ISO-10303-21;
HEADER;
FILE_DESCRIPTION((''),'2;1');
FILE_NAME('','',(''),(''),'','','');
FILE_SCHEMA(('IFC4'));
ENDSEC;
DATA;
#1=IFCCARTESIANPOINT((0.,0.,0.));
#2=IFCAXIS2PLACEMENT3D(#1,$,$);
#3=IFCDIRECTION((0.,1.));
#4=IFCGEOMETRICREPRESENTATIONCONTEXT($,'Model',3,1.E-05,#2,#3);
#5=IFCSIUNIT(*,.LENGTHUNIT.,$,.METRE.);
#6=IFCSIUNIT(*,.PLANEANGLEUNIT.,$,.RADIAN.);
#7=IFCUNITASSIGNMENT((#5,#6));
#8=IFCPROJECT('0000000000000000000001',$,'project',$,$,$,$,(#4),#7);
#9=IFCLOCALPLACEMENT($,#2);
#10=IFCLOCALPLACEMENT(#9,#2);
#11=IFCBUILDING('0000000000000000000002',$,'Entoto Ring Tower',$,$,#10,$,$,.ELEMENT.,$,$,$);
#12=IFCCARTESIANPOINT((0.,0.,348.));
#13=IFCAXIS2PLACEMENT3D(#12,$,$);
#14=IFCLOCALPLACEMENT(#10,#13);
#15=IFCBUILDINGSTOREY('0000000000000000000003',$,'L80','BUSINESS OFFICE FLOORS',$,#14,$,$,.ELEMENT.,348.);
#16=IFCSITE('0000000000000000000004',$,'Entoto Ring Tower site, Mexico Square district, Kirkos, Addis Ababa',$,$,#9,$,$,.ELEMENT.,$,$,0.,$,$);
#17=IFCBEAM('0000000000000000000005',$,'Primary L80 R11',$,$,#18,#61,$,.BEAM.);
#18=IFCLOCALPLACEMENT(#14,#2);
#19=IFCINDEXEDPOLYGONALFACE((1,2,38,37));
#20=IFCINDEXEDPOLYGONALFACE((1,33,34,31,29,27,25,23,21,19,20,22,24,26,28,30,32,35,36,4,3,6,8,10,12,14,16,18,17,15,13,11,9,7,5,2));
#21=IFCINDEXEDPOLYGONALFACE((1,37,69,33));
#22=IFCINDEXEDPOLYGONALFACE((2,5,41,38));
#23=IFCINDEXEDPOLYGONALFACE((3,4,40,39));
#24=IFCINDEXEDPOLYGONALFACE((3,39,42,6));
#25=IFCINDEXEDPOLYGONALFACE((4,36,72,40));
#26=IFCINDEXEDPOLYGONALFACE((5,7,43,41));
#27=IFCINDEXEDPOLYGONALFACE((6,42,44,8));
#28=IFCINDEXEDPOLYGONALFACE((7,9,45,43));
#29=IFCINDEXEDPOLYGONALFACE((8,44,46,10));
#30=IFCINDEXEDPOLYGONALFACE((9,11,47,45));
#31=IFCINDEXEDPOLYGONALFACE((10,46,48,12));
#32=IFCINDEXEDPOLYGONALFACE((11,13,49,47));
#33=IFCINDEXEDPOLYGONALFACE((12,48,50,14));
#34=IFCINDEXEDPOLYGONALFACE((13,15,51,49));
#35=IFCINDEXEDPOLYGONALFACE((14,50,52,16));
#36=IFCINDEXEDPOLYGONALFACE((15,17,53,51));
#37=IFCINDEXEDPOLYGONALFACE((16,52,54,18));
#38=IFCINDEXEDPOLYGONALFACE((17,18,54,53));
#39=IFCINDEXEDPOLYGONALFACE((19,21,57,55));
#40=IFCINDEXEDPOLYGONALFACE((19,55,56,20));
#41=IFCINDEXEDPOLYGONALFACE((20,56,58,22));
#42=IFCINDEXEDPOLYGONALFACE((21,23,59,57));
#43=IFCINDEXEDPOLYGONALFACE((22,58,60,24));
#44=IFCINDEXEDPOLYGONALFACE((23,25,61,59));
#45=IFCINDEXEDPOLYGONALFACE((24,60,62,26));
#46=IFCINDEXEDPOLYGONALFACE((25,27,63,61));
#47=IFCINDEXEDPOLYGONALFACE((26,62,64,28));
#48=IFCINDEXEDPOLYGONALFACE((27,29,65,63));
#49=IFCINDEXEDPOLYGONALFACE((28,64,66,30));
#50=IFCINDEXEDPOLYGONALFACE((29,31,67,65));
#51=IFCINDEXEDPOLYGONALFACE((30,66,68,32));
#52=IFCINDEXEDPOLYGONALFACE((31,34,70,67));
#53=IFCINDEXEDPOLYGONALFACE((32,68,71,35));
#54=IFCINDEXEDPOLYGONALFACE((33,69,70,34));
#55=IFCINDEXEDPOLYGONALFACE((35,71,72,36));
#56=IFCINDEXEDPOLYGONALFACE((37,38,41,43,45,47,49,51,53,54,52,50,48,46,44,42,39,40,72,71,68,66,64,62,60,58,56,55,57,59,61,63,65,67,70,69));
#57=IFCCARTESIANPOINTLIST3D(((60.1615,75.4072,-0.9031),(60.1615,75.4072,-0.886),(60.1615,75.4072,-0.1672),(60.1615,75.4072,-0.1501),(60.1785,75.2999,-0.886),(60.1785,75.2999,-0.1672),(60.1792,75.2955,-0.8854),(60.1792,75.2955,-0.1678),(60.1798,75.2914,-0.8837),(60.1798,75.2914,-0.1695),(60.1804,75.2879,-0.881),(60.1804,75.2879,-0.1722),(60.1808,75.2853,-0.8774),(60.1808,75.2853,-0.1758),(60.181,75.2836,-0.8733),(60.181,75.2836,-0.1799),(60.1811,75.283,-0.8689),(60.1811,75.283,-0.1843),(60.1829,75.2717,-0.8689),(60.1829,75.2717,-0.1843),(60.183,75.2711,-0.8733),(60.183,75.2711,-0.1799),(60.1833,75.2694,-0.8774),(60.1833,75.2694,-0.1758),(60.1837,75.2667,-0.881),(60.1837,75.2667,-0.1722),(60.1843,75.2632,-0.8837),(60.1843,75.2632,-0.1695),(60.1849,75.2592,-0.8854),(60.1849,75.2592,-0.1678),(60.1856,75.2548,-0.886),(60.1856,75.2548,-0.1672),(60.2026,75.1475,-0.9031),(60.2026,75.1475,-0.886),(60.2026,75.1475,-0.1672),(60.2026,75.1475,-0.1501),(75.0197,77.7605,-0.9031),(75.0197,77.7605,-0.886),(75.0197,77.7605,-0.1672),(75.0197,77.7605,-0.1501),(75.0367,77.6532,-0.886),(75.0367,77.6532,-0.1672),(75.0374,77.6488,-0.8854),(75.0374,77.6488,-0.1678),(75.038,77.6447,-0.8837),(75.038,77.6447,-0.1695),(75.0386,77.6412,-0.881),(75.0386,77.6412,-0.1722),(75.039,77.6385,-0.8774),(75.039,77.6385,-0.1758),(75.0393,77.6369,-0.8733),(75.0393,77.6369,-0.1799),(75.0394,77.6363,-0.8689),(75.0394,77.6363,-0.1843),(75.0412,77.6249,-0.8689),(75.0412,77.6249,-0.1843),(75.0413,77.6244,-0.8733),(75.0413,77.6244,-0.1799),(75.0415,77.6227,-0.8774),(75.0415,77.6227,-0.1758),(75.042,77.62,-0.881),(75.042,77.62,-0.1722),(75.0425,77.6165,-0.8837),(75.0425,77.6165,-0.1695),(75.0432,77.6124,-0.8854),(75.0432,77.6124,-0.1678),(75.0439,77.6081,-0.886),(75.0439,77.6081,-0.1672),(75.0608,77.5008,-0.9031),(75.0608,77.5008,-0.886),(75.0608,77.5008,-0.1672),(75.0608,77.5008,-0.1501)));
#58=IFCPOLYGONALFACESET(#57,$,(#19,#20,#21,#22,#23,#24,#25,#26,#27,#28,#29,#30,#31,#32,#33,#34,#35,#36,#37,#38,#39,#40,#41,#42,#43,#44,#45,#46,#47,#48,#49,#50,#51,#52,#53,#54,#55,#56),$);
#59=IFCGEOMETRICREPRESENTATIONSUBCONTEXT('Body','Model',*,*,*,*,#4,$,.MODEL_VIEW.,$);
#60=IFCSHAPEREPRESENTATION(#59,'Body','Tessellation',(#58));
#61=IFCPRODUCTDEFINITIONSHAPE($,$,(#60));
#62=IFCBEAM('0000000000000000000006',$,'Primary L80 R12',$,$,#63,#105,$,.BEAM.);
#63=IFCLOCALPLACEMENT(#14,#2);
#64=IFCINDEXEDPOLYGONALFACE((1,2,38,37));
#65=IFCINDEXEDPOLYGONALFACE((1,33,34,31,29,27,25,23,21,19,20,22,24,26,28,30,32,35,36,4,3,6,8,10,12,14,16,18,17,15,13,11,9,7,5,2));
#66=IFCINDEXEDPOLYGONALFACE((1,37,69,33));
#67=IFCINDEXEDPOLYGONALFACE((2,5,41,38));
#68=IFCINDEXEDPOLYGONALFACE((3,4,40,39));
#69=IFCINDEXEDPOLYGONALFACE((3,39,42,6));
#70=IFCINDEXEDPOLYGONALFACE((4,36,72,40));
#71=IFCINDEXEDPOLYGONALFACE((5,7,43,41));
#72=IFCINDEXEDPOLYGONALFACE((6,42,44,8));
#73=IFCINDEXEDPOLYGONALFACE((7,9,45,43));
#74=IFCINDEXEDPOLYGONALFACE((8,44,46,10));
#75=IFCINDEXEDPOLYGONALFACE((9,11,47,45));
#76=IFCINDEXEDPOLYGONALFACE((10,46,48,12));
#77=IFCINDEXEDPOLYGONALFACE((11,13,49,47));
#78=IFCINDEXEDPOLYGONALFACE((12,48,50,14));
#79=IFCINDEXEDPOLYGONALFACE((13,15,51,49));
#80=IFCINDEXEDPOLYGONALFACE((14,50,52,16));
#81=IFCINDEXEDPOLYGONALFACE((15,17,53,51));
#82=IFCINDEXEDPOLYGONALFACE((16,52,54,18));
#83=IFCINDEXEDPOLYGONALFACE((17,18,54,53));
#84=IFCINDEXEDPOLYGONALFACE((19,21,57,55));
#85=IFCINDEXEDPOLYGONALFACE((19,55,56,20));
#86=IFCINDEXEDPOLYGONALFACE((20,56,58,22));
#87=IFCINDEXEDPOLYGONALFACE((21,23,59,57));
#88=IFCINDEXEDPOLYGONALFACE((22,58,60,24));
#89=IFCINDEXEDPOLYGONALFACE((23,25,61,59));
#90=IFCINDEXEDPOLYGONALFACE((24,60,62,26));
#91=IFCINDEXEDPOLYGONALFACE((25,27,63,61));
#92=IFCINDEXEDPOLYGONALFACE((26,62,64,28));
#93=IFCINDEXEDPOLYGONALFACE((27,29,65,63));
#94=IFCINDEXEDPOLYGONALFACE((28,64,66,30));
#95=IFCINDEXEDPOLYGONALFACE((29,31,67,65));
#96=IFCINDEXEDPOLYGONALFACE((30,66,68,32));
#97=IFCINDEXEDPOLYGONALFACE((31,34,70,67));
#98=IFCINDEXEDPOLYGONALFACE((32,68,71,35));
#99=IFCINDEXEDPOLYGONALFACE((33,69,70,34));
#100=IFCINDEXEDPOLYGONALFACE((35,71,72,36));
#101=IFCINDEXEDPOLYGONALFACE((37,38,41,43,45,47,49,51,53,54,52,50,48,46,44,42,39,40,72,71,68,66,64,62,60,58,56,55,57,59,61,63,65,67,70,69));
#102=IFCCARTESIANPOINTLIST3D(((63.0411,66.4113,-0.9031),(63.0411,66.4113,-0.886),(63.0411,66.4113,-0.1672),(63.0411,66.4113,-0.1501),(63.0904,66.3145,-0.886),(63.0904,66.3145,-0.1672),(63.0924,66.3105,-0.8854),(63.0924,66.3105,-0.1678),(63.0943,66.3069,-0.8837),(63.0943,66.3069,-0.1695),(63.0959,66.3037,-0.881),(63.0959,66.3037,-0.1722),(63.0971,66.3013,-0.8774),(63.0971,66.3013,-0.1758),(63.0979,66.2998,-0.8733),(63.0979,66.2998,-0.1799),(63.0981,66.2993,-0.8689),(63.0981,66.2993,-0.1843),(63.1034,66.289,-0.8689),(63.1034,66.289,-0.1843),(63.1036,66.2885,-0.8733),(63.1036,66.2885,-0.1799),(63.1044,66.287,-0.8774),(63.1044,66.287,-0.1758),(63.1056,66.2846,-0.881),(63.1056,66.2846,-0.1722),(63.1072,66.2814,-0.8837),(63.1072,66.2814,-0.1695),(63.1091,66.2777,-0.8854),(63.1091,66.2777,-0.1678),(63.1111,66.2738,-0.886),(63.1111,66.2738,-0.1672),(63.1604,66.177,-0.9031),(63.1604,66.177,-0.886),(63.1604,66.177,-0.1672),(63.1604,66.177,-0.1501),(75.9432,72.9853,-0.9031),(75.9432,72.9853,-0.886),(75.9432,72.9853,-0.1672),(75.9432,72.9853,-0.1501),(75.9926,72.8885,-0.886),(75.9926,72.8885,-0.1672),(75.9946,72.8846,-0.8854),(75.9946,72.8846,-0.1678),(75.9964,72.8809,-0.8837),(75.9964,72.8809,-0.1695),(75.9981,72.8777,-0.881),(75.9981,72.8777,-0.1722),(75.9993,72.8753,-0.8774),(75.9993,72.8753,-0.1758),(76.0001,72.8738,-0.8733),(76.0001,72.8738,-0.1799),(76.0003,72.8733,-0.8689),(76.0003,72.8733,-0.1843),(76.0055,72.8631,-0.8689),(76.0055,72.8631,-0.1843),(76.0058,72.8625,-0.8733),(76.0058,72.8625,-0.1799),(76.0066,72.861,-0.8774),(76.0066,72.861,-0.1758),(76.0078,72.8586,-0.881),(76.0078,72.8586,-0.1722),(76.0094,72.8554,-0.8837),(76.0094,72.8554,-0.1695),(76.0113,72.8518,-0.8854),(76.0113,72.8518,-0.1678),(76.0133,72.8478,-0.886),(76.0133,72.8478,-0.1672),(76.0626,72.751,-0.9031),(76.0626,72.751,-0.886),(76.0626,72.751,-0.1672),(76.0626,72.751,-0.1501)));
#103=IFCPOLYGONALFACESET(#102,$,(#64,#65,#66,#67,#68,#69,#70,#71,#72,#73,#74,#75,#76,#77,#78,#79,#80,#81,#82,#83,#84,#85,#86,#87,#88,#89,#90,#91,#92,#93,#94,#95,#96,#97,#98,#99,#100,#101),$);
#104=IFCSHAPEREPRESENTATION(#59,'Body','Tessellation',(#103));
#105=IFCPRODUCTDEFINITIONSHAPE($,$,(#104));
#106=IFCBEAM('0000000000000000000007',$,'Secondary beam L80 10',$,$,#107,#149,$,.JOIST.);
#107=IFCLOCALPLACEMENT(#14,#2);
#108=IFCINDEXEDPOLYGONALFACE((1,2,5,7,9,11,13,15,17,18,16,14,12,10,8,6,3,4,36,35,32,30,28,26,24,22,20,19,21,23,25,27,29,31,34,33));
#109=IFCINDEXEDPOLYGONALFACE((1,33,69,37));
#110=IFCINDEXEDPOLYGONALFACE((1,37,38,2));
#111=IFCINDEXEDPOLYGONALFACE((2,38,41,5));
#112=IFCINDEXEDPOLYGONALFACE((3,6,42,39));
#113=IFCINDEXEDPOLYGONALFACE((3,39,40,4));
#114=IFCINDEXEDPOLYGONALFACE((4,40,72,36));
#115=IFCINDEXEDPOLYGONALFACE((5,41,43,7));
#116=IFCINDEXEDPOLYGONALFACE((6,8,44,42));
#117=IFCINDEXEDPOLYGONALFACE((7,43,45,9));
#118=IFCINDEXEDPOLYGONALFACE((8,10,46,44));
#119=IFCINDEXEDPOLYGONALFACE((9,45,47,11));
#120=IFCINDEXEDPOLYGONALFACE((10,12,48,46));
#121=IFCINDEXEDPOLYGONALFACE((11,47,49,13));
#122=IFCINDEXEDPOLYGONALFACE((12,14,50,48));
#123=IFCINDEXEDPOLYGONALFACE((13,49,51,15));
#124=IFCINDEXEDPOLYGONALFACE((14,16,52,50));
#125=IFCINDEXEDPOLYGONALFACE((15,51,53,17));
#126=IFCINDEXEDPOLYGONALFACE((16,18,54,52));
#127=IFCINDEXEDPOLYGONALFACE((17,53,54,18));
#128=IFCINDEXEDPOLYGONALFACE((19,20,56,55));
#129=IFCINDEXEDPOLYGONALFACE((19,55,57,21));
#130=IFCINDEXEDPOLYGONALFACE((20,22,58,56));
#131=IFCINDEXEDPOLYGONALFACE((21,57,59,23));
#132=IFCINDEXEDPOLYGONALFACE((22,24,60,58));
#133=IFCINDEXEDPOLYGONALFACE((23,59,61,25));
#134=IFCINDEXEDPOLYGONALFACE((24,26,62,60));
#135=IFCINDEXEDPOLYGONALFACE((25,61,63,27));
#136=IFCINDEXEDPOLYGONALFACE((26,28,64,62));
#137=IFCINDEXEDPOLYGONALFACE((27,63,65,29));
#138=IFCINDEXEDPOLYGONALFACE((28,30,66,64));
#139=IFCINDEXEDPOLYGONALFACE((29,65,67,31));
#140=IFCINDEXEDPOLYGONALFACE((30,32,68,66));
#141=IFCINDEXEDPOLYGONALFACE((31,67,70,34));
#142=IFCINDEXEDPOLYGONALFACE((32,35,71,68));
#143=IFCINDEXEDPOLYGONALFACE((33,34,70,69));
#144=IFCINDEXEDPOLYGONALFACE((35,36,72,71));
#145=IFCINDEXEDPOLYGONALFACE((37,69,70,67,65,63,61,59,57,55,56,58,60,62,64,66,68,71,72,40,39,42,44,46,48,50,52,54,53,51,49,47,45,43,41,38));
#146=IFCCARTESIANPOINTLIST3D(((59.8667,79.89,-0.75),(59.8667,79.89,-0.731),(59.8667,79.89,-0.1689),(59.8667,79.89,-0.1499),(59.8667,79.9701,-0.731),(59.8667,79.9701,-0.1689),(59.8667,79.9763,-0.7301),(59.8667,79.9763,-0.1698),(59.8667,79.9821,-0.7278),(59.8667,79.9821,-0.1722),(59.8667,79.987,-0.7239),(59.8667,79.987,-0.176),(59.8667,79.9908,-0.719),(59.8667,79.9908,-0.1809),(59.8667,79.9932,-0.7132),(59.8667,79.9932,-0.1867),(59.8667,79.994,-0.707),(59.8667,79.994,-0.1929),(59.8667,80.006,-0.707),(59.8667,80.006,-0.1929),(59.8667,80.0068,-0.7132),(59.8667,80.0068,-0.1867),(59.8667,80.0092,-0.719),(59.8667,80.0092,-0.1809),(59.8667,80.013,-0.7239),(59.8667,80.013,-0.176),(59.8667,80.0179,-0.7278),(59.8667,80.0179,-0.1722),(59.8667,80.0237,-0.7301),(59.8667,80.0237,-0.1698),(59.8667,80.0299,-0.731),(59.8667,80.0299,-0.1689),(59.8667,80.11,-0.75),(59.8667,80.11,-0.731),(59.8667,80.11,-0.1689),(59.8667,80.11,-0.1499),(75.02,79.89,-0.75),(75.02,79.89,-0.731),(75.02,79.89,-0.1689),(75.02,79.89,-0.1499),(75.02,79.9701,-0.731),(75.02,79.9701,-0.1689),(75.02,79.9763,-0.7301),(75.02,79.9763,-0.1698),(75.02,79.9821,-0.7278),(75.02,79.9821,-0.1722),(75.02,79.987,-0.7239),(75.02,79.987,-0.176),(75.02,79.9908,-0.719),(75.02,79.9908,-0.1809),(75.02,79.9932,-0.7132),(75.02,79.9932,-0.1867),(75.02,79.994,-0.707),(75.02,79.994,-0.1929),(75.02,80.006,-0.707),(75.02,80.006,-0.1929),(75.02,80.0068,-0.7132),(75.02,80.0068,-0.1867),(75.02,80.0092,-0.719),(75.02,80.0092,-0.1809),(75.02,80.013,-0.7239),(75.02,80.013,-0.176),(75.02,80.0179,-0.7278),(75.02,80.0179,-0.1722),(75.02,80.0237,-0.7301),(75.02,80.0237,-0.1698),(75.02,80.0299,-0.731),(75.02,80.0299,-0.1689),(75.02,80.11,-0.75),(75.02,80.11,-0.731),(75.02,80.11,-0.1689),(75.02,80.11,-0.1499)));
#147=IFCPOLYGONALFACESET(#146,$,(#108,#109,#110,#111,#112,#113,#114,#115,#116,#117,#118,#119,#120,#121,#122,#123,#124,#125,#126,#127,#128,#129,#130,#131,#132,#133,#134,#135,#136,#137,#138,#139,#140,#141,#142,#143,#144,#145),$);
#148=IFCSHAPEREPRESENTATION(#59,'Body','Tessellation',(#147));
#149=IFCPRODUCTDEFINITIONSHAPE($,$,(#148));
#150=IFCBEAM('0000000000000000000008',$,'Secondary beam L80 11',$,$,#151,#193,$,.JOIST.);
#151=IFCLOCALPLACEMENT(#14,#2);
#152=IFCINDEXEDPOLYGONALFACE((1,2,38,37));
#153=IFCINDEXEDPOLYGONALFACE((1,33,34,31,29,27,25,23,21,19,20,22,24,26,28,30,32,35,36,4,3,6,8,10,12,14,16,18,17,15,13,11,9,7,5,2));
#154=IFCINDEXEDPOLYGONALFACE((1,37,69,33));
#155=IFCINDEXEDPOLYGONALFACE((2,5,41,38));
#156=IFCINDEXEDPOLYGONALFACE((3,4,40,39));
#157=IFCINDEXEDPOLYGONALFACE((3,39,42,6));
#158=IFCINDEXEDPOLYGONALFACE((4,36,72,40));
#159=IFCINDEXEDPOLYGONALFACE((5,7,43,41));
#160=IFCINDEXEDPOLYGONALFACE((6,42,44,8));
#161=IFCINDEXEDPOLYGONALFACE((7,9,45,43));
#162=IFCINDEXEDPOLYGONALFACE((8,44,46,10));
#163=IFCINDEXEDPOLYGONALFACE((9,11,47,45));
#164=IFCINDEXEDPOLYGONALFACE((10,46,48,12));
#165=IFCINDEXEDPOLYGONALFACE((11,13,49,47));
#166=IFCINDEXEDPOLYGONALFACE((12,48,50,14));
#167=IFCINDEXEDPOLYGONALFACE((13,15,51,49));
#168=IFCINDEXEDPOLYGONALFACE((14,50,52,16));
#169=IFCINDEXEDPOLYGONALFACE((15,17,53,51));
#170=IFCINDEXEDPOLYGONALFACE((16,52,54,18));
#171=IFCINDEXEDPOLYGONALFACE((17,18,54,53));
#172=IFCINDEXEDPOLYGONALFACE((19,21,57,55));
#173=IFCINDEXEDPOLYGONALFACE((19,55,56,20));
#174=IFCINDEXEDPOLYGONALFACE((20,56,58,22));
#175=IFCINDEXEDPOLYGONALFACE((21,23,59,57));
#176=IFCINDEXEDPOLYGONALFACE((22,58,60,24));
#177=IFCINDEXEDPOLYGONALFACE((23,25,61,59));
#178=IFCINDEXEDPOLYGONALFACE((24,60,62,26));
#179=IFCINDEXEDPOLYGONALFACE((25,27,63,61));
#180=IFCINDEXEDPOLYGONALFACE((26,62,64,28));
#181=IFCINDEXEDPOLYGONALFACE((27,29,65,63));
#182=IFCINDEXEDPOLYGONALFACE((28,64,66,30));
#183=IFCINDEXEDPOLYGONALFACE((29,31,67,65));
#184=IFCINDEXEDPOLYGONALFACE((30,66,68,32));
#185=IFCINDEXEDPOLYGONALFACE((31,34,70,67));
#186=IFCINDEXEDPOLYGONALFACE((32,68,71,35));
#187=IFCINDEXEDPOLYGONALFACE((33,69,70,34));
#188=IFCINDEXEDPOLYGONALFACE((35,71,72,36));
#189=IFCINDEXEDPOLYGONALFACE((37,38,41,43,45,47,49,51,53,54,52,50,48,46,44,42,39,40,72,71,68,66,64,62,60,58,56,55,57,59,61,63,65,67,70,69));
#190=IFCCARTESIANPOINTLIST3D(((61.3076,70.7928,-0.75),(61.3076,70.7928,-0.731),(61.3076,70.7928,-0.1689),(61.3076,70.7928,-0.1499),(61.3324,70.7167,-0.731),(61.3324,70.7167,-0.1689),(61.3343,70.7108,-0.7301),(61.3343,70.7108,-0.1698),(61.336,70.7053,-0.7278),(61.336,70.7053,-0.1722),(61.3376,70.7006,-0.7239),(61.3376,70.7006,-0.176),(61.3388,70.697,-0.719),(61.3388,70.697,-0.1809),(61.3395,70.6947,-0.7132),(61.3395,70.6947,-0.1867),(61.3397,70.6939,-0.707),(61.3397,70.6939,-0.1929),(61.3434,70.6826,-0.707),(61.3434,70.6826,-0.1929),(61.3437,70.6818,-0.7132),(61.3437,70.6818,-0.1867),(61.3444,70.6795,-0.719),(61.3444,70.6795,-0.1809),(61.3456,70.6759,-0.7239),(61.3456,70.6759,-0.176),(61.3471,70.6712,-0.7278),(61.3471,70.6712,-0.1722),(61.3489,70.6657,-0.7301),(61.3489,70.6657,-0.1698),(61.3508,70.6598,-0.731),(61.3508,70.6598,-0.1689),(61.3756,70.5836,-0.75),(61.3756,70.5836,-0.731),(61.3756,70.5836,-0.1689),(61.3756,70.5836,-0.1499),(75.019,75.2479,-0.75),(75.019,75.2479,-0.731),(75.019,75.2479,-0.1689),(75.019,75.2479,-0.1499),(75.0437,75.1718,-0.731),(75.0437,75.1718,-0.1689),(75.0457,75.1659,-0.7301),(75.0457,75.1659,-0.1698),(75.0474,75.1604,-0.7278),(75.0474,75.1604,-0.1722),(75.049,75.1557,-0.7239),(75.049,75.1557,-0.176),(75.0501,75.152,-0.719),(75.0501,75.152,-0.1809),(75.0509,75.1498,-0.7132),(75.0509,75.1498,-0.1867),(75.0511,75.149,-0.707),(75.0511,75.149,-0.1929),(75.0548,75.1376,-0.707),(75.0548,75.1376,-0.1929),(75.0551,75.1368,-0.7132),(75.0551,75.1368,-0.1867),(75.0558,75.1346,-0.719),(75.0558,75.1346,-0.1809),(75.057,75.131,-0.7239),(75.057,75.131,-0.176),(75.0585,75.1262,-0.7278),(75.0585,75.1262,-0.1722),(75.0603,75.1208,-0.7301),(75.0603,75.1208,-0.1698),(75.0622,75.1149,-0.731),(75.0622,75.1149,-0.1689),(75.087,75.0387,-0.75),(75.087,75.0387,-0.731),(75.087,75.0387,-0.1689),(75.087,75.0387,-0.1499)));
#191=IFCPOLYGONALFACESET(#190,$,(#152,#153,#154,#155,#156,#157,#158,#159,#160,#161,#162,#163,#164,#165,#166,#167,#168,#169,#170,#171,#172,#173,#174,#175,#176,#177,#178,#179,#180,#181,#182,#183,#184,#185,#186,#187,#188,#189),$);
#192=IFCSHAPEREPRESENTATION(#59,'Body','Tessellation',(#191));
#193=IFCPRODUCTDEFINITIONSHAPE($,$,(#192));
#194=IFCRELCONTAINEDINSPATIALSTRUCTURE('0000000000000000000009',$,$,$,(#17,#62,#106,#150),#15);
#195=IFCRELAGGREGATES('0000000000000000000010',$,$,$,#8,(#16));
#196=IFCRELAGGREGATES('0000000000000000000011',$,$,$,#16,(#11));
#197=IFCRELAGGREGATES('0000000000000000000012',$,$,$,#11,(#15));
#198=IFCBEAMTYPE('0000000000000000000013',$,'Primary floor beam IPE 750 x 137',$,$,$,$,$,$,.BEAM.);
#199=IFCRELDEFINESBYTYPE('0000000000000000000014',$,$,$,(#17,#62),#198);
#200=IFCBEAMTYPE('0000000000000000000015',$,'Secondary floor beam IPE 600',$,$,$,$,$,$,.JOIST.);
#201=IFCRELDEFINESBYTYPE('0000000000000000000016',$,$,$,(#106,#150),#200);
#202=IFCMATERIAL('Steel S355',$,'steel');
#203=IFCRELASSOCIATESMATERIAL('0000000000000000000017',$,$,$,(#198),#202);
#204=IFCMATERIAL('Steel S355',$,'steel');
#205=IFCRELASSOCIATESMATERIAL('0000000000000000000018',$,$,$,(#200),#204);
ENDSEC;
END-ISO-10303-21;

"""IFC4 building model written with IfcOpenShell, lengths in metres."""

from ifc_helpers import new_model, si_unit, direction, frame, origin, origin_2d, place, context, subcontext, project, spatial, i_section, extrude, material, material_profile, profile_set, type_object, element, save


model = new_model("IFC4")

# Units and contexts
model_context = context("Model", 3, precision=1e-05, world=origin(), true_north=direction((0.0, 1.0)))
body_context = subcontext(model_context, "Body", "Model", "MODEL_VIEW")
ifc_project = project(units=[si_unit("LENGTHUNIT", "METRE"), si_unit("PLANEANGLEUNIT", "RADIAN")], contexts=[model_context])

# Site, building, storey
site_placement = place(None, origin())
site = spatial("IfcSite", under=ifc_project, at=site_placement, Name="Entoto Ring Tower site, Mexico Square district, Kirkos, Addis Ababa", CompositionType="ELEMENT", RefElevation=0.0)
building_placement = place(site_placement, origin())
building = spatial("IfcBuilding", under=site, at=building_placement, Name="Entoto Ring Tower", CompositionType="ELEMENT")
storey_placement = place(building_placement, frame((0.0, 0.0, 348.0)))
storey = spatial("IfcBuildingStorey", under=building, at=storey_placement, Name="L80", Description="BUSINESS OFFICE FLOORS", CompositionType="ELEMENT", Elevation=348.0)

# Beams
ifc_material_1 = material(Name="Steel S355", Category="steel")
ifc_material_profile_1 = material_profile(ifc_material_1, i_section(OverallWidth=0.2629, OverallDepth=0.7529, WebThickness=0.0115, FlangeThickness=0.0171, FilletRadius=0.0171, at=origin_2d()), Name="IPE 750 x 137")
ifc_profile_set_1 = profile_set([ifc_material_profile_1], Name="Steel S355")
beam_type_1 = type_object("IfcBeamType", Name="Primary floor beam IPE 750 x 137", PredefinedType="BEAM", material=ifc_profile_set_1)
for number, where, z_axis, x_axis, name in (
    (1, (75.0403, 77.6306, -0.5266), (-0.987689, -0.156433, 0.0), (0.156433, -0.987689, 0.0), "Primary L80 R11"),
):
    element("IfcBeam", number, at=place(storey_placement, frame(where, z_axis=z_axis, x_axis=x_axis)), inside=storey, type_object=beam_type_1, Name=name, PredefinedType="BEAM", context=body_context, shape_type="SweptSolid", body=[
        extrude(i_section(OverallWidth=0.2629, OverallDepth=0.7529, WebThickness=0.0115, FlangeThickness=0.0171, FilletRadius=0.0171, at=origin_2d()), origin(), (0.0, 0.0, 1.0), 15.0435),
    ])
beam_1_placement = place(storey_placement, frame((76.0029, 72.8682, -0.5266), z_axis=(-0.891006, -0.453992, 0.0), x_axis=(0.453992, -0.891006, 0.0)))
element("IfcBeam", 2, at=beam_1_placement, inside=storey, type_object=beam_type_1, Name="Primary L80 R12", PredefinedType="BEAM", context=body_context, shape_type="SweptSolid", body=[
    extrude(i_section(OverallWidth=0.2629, OverallDepth=0.7529, WebThickness=0.0115, FlangeThickness=0.0171, FilletRadius=0.0171, at=origin_2d()), origin(), (0.0, 0.0, 1.0), 14.4805),
])
ifc_material_2 = material(Name="Steel S355", Category="steel")
ifc_material_profile_2 = material_profile(ifc_material_2, i_section(OverallWidth=0.22, OverallDepth=0.6001, WebThickness=0.012, FlangeThickness=0.019, FilletRadius=0.0239, at=origin_2d()), Name="IPE 600")
ifc_profile_set_2 = profile_set([ifc_material_profile_2], Name="Steel S355")
beam_type_2 = type_object("IfcBeamType", Name="Secondary floor beam IPE 600", PredefinedType="JOIST", material=ifc_profile_set_2)
beam_2_placement = place(storey_placement, frame((75.02, 80.0, -0.45), z_axis=(-1.0, 0.0, 0.0), x_axis=(0.0, -1.0, 0.0)))
element("IfcBeam", 3, at=beam_2_placement, inside=storey, type_object=beam_type_2, Name="Secondary beam L80 10", PredefinedType="JOIST", context=body_context, shape_type="SweptSolid", body=[
    extrude(i_section(OverallWidth=0.22, OverallDepth=0.6001, WebThickness=0.012, FlangeThickness=0.019, FilletRadius=0.0239, at=origin_2d()), origin(), (0.0, 0.0, 1.0), 15.1533),
])
beam_3_placement = place(storey_placement, frame((75.053, 75.1433, -0.45), z_axis=(-0.951057, -0.309015, 0.0), x_axis=(0.309015, -0.951057, 0.0)))
element("IfcBeam", 4, at=beam_3_placement, inside=storey, type_object=beam_type_2, Name="Secondary beam L80 11", PredefinedType="JOIST", context=body_context, shape_type="SweptSolid", body=[
    extrude(i_section(OverallWidth=0.22, OverallDepth=0.6001, WebThickness=0.012, FlangeThickness=0.019, FilletRadius=0.0239, at=origin_2d()), origin(), (0.0, 0.0, 1.0), 14.417),
])

save(model, "model.ifc")
